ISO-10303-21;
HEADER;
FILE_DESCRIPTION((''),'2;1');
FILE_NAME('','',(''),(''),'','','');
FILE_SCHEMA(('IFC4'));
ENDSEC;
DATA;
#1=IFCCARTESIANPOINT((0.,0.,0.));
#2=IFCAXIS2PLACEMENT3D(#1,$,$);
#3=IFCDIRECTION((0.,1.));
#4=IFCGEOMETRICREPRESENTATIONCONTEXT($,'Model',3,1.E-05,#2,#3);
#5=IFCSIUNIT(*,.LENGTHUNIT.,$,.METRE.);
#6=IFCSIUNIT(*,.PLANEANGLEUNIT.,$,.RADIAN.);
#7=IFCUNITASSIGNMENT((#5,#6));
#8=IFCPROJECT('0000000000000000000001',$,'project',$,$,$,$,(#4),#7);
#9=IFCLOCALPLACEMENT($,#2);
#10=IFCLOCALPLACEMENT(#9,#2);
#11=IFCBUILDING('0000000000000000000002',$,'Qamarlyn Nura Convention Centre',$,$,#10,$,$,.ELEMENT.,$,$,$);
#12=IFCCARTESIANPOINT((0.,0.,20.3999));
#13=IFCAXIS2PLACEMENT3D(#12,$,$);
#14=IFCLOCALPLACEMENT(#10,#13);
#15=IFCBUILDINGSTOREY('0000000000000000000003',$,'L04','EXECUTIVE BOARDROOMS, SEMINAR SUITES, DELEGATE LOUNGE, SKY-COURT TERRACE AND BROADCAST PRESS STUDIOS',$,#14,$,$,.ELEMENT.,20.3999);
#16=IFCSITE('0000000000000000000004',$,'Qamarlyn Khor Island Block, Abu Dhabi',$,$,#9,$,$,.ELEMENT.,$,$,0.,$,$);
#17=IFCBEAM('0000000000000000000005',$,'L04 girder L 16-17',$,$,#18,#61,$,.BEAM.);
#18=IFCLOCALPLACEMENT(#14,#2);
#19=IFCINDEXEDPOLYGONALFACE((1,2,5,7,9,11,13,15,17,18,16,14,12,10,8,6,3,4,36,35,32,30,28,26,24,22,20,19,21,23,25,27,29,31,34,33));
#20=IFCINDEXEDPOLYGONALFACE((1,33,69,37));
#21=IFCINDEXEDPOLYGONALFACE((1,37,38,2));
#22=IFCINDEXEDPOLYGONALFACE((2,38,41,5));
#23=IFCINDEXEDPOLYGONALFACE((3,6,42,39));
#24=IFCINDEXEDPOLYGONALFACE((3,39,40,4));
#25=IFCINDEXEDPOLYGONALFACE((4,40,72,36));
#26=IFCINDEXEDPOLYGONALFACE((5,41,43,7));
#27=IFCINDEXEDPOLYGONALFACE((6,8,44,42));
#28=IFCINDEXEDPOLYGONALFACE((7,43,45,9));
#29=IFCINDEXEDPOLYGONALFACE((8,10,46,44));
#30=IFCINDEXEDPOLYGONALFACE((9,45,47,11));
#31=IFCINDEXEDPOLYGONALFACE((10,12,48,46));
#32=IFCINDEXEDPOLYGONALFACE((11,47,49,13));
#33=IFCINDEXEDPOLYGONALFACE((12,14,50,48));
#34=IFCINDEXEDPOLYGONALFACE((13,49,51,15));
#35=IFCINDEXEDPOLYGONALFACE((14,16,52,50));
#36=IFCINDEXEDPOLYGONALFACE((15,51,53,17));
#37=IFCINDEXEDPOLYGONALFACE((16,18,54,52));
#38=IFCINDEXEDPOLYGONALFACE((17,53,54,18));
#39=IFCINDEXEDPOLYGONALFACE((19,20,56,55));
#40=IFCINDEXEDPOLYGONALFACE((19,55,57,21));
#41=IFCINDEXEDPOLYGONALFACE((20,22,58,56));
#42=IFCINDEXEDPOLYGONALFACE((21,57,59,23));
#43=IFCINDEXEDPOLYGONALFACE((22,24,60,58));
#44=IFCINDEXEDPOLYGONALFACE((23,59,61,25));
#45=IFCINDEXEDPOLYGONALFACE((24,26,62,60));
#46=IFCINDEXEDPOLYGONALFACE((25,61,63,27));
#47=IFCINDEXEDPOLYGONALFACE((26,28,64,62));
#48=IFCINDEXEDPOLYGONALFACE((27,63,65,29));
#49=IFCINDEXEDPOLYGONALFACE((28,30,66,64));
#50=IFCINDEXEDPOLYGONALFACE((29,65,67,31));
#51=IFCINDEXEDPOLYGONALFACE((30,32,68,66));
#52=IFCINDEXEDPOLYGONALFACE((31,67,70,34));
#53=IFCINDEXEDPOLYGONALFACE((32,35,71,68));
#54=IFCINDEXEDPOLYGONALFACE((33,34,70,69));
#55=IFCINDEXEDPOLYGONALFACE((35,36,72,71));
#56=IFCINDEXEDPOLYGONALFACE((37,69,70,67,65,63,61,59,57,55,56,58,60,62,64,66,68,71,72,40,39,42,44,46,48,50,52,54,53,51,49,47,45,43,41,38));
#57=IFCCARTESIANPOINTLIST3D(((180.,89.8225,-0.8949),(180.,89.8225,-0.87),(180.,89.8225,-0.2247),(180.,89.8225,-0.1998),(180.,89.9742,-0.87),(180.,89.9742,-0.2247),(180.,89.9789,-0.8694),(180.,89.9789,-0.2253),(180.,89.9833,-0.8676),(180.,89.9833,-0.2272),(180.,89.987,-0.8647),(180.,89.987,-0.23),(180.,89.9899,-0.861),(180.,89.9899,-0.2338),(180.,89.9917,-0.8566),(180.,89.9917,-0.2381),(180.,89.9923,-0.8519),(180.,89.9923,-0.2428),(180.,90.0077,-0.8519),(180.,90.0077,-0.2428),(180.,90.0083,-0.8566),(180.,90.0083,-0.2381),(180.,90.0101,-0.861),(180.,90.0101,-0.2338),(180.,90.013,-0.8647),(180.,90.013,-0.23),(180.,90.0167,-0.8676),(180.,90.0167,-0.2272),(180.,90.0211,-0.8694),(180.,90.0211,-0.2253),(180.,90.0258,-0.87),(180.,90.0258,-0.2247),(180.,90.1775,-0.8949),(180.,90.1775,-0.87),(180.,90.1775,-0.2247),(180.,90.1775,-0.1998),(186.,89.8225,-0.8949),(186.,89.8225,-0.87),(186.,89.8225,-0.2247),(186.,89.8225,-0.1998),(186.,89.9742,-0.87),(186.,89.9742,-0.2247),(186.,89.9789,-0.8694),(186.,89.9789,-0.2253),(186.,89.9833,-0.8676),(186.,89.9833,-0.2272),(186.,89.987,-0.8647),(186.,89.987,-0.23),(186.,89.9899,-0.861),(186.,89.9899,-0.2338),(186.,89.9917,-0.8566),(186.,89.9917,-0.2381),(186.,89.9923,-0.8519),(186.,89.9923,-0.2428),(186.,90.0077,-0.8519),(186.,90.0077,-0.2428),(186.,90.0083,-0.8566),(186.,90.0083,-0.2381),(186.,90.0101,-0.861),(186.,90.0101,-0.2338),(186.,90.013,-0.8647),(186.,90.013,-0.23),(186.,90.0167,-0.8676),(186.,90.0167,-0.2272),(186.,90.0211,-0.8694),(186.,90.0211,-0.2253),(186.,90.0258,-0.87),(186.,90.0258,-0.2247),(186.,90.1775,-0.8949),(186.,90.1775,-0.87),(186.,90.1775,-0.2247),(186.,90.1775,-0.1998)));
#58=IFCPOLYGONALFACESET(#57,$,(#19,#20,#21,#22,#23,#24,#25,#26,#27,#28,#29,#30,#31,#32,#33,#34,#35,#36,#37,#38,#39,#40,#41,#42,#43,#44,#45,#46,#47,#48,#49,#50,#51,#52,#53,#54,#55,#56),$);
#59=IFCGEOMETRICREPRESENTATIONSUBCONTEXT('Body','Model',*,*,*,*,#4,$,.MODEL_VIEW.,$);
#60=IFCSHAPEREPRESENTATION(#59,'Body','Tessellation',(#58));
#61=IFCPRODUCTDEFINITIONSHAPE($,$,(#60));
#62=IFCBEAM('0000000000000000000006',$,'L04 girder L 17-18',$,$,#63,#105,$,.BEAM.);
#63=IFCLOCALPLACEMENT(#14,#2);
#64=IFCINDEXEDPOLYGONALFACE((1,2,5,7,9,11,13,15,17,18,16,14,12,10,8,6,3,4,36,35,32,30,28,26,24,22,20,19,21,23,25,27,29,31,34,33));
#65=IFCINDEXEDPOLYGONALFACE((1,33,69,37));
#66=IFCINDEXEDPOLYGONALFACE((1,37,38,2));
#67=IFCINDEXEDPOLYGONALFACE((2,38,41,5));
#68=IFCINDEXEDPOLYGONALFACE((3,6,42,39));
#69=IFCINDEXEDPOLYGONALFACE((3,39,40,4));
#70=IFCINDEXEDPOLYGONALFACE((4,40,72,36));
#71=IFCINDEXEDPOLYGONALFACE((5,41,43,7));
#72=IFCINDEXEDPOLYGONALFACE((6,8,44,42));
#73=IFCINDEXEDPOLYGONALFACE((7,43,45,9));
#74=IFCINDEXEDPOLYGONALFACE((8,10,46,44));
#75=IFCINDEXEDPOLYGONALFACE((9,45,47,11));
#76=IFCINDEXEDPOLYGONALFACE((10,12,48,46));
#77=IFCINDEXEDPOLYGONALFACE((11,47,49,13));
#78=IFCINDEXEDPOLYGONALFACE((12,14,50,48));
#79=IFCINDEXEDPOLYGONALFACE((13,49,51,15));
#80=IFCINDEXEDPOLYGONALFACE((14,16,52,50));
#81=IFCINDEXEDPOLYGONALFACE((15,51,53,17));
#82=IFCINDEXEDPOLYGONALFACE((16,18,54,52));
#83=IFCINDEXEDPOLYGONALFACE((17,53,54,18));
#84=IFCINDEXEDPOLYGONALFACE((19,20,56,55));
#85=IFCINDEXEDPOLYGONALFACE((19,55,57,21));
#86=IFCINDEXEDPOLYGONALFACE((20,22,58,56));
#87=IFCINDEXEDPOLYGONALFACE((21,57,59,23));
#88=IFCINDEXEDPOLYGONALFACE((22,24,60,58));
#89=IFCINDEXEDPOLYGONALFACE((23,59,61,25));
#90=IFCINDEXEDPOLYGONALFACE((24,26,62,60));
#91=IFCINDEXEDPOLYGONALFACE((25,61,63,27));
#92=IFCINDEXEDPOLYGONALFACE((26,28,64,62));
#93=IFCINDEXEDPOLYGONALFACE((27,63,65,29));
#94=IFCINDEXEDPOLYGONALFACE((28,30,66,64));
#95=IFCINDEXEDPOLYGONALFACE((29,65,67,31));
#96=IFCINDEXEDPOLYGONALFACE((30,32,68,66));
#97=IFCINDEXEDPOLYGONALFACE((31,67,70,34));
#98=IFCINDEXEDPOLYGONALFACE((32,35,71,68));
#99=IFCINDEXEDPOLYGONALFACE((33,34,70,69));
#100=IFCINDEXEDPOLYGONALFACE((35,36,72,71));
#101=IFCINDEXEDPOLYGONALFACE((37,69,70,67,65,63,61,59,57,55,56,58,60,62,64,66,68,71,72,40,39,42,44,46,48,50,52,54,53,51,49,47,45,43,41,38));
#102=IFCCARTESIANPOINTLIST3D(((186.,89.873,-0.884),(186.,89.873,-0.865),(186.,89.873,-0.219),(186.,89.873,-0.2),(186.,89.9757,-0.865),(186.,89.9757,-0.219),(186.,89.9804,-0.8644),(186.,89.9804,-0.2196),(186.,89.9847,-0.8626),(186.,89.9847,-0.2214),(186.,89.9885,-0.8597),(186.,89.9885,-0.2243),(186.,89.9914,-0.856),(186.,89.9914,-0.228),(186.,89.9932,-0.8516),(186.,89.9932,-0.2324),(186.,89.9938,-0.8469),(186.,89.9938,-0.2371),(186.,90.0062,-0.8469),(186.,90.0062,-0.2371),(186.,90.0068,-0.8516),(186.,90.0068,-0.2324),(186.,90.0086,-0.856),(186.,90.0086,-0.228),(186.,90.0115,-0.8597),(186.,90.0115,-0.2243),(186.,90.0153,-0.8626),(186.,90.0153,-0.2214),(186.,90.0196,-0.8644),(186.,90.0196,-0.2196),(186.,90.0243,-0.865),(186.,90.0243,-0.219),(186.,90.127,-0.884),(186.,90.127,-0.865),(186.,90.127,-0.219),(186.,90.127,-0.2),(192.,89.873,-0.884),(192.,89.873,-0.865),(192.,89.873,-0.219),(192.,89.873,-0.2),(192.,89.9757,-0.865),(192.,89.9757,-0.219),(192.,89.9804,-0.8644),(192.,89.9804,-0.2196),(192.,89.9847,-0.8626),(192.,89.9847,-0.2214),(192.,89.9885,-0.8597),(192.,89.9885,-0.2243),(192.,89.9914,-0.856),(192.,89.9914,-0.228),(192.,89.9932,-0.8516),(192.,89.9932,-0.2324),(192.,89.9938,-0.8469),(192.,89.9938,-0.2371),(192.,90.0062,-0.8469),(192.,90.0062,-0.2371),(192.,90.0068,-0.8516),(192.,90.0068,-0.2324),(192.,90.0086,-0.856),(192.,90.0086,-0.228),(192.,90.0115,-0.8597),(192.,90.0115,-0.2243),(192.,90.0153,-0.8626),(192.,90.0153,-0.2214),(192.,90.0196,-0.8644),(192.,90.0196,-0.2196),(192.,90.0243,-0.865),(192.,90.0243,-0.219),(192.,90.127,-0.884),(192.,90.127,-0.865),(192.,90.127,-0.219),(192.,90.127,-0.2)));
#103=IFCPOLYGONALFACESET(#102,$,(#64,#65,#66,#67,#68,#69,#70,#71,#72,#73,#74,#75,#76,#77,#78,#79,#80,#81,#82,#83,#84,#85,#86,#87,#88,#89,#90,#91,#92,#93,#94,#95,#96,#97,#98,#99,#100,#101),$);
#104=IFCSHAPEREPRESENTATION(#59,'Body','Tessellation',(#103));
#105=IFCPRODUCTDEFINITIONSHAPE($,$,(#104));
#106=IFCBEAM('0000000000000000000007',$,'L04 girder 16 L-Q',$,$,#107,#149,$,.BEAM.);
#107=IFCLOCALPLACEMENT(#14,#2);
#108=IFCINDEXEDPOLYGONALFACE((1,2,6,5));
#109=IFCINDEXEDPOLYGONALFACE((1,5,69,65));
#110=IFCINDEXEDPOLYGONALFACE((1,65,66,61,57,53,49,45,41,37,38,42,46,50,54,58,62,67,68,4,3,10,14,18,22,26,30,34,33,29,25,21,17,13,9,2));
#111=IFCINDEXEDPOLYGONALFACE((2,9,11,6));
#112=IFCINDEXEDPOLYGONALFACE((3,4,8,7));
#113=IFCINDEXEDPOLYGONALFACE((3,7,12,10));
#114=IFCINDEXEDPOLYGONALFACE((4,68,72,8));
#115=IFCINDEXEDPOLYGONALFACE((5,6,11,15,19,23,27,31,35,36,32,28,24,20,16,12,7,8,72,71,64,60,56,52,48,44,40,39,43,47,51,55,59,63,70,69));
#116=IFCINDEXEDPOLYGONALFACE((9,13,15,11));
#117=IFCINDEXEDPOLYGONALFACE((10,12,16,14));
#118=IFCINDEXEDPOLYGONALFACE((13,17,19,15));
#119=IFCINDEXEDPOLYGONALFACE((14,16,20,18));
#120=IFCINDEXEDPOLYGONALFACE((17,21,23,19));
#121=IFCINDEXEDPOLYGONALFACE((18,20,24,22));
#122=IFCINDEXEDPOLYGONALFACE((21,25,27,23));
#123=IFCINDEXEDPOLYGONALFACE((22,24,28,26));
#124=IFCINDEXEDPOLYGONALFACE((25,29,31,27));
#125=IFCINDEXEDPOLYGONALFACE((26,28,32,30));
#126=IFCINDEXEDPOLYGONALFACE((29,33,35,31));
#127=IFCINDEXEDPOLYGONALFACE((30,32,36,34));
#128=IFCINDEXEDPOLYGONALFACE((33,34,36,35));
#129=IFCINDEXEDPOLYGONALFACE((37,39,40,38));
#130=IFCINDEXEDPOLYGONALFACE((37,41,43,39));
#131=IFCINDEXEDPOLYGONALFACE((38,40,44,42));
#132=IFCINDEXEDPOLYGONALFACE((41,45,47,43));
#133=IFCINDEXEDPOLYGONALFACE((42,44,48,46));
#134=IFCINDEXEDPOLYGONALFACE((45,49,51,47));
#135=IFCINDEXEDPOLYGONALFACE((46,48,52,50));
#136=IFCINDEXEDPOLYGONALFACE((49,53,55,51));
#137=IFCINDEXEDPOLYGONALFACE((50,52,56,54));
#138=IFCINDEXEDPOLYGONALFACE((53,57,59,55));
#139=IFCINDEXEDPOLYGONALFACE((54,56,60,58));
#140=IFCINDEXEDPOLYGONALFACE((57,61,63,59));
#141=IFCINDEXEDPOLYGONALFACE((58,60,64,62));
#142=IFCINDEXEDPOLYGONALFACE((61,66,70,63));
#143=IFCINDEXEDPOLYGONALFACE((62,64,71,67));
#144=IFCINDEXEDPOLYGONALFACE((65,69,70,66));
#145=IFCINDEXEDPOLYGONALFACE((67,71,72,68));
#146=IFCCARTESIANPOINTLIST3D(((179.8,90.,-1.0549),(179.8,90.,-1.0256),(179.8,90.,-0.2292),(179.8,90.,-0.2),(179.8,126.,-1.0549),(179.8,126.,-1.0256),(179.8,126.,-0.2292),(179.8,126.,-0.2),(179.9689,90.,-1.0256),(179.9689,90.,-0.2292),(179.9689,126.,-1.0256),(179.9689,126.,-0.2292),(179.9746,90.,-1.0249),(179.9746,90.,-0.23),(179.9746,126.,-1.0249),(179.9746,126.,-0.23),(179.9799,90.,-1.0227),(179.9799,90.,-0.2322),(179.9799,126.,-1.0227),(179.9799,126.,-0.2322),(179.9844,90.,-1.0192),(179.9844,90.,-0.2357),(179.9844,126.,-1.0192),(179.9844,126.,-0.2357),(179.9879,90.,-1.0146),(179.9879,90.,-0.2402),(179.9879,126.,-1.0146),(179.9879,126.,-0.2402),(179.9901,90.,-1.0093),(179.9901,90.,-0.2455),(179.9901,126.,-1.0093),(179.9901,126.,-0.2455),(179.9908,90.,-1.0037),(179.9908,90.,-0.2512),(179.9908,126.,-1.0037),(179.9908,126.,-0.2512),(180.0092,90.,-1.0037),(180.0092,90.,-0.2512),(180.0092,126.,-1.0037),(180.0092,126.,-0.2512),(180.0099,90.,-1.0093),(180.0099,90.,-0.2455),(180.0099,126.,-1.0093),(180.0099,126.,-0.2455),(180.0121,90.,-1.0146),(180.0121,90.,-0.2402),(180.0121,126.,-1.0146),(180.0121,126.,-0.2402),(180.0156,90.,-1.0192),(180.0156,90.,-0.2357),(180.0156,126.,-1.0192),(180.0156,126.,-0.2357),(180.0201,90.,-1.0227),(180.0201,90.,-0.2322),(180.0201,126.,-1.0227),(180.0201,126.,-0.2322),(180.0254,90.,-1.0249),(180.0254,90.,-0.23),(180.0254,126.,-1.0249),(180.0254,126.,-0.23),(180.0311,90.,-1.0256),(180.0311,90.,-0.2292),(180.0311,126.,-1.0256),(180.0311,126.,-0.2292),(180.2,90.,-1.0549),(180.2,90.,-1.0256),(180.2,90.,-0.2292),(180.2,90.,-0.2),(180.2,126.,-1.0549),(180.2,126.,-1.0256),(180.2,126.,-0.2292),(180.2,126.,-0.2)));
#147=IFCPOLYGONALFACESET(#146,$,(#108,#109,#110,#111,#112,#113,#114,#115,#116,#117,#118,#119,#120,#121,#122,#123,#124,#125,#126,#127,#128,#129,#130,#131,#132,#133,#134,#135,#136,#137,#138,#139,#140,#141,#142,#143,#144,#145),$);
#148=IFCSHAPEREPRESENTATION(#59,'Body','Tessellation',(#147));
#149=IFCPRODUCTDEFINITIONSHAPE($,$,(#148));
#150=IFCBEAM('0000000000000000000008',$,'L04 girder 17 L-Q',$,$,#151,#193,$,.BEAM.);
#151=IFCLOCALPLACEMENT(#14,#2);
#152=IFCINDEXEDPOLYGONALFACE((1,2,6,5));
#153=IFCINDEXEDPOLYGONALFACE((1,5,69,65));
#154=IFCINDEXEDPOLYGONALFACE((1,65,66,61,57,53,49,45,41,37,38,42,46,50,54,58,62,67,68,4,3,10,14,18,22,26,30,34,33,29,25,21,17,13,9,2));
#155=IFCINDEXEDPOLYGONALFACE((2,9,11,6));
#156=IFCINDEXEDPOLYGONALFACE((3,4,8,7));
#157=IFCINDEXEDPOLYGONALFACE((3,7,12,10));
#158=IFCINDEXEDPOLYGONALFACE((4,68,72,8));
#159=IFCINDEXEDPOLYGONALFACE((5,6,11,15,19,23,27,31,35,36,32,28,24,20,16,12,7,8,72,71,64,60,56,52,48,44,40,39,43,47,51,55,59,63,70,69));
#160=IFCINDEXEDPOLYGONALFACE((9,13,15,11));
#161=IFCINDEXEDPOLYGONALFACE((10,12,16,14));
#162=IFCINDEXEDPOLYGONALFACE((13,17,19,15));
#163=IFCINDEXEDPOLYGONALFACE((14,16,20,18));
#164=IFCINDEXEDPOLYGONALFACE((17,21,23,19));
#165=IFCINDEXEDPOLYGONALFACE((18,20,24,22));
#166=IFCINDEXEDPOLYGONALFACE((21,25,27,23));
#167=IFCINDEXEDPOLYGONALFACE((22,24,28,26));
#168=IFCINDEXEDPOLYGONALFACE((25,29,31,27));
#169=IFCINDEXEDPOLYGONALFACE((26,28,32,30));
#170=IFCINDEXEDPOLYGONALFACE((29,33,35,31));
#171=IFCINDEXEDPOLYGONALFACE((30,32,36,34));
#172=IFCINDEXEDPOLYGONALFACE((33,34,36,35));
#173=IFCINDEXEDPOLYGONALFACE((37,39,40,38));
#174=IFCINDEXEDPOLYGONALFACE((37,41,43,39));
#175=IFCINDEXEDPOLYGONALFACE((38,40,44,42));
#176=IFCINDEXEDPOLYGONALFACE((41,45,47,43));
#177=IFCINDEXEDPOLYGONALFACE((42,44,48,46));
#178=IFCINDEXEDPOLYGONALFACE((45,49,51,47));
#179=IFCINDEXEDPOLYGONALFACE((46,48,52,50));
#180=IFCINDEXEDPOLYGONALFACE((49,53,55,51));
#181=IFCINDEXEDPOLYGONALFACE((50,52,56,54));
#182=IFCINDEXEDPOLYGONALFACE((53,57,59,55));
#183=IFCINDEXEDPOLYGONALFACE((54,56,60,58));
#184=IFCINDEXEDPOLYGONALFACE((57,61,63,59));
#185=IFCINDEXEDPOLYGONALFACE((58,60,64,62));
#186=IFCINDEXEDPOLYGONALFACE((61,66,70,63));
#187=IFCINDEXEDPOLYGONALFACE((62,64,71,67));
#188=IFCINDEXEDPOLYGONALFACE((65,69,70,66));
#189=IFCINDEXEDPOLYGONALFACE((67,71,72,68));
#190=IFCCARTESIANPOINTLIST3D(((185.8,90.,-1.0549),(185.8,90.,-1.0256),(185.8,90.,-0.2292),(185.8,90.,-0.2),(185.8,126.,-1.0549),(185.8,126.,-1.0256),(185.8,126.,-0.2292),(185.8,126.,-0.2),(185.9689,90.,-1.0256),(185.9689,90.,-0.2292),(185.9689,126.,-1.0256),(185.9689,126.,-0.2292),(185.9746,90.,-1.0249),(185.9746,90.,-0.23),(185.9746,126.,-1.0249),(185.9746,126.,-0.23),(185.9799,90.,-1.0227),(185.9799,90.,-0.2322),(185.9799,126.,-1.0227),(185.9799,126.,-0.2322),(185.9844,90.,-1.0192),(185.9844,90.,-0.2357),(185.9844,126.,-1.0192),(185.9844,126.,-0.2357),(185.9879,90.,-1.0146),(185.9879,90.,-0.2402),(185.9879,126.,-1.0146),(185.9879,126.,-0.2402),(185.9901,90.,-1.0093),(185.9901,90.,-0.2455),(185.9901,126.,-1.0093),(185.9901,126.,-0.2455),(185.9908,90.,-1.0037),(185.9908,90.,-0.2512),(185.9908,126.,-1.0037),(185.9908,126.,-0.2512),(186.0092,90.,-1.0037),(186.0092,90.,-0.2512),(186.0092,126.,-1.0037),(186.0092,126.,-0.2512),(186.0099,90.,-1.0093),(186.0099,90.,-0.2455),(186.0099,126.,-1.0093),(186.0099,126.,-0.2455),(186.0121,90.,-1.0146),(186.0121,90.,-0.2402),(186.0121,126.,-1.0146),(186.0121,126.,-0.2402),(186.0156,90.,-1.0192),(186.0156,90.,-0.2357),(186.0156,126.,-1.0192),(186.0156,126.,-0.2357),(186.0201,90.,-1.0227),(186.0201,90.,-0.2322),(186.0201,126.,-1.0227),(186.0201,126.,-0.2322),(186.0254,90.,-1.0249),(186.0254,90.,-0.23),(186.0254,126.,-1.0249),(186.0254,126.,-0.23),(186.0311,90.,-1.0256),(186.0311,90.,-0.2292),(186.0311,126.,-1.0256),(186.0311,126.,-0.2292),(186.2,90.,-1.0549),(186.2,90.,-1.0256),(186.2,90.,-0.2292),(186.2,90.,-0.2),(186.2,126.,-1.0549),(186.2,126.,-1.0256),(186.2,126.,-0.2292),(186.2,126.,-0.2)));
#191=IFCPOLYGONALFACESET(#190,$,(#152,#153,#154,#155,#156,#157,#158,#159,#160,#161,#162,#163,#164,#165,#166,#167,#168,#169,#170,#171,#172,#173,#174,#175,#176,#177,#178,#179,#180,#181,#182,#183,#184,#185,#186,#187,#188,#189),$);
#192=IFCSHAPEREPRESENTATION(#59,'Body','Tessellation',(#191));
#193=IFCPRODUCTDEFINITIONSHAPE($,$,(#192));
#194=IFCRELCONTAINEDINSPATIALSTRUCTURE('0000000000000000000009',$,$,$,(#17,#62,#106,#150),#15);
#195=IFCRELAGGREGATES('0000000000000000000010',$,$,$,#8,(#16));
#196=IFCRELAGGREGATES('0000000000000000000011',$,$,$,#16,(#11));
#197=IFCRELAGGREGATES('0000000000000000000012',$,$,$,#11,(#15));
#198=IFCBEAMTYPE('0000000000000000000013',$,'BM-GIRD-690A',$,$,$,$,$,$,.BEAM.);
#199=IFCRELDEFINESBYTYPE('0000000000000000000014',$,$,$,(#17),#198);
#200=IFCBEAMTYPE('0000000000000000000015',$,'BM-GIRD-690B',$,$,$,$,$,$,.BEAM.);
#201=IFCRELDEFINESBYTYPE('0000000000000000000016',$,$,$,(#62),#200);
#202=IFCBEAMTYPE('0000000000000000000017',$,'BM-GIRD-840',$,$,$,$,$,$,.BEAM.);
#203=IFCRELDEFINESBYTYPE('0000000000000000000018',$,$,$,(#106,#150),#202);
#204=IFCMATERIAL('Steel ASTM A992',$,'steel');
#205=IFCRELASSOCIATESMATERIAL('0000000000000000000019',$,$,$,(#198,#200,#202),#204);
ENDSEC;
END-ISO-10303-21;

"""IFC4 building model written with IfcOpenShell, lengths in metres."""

from ifc_helpers import new_model, si_unit, direction, frame, origin, origin_2d, place, context, subcontext, project, spatial, i_section, extrude, material, material_profile, profile_set, type_object, element, save


model = new_model("IFC4")

# Units and contexts
model_context = context("Model", 3, precision=1e-05, world=origin(), true_north=direction((0.0, 1.0)))
body_context = subcontext(model_context, "Body", "Model", "MODEL_VIEW")
ifc_project = project(units=[si_unit("LENGTHUNIT", "METRE"), si_unit("PLANEANGLEUNIT", "RADIAN")], contexts=[model_context])

# Site, building, storey
site_placement = place(None, origin())
site = spatial("IfcSite", under=ifc_project, at=site_placement, Name="Qamarlyn Khor Island Block, Abu Dhabi", CompositionType="ELEMENT", RefElevation=0.0)
building_placement = place(site_placement, origin())
building = spatial("IfcBuilding", under=site, at=building_placement, Name="Qamarlyn Nura Convention Centre", CompositionType="ELEMENT")
storey_placement = place(building_placement, frame((0.0, 0.0, 20.3999)))
storey = spatial("IfcBuildingStorey", under=building, at=storey_placement, Name="L04", Description="EXECUTIVE BOARDROOMS, SEMINAR SUITES, DELEGATE LOUNGE, SKY-COURT TERRACE AND BROADCAST PRESS STUDIOS", CompositionType="ELEMENT", Elevation=20.3999)

# Shared definitions
ifc_material_1 = material(Name="Steel ASTM A992", Category="steel")

# Beams
ifc_material_profile_1 = material_profile(ifc_material_1, i_section(OverallWidth=0.355, OverallDepth=0.6951, WebThickness=0.0154, FlangeThickness=0.0249, FilletRadius=0.0181, at=origin_2d()), Name="W690X217")
ifc_profile_set_1 = profile_set([ifc_material_profile_1], Name="Steel ASTM A992")
beam_type_1 = type_object("IfcBeamType", Name="BM-GIRD-690A", PredefinedType="BEAM", material=ifc_profile_set_1)
beam_1_placement = place(storey_placement, frame((180.0, 90.0, -0.5474), z_axis=(1.0, 0.0, 0.0), x_axis=(0.0, 1.0, 0.0)))
element("IfcBeam", 1, at=beam_1_placement, inside=storey, type_object=beam_type_1, Name="L04 girder L 16-17", PredefinedType="BEAM", context=body_context, shape_type="SweptSolid", body=[
    extrude(i_section(OverallWidth=0.355, OverallDepth=0.6951, WebThickness=0.0154, FlangeThickness=0.0249, FilletRadius=0.0181, at=origin_2d()), origin(), (0.0, 0.0, 1.0), 6.0),
])
ifc_material_profile_2 = material_profile(ifc_material_1, i_section(OverallWidth=0.2539, OverallDepth=0.6841, WebThickness=0.0125, FlangeThickness=0.019, FilletRadius=0.0181, at=origin_2d()), Name="W690X140")
ifc_profile_set_2 = profile_set([ifc_material_profile_2], Name="Steel ASTM A992")
beam_type_2 = type_object("IfcBeamType", Name="BM-GIRD-690B", PredefinedType="BEAM", material=ifc_profile_set_2)
beam_2_placement = place(storey_placement, frame((186.0, 90.0, -0.542), z_axis=(1.0, 0.0, 0.0), x_axis=(0.0, 1.0, 0.0)))
element("IfcBeam", 2, at=beam_2_placement, inside=storey, type_object=beam_type_2, Name="L04 girder L 17-18", PredefinedType="BEAM", context=body_context, shape_type="SweptSolid", body=[
    extrude(i_section(OverallWidth=0.2539, OverallDepth=0.6841, WebThickness=0.0125, FlangeThickness=0.019, FilletRadius=0.0181, at=origin_2d()), origin(), (0.0, 0.0, 1.0), 6.0),
])
ifc_material_profile_3 = material_profile(ifc_material_1, i_section(OverallWidth=0.3999, OverallDepth=0.855, WebThickness=0.0183, FlangeThickness=0.0293, FilletRadius=0.022, at=origin_2d()), Name="W840X299")
ifc_profile_set_3 = profile_set([ifc_material_profile_3], Name="Steel ASTM A992")
beam_type_3 = type_object("IfcBeamType", Name="BM-GIRD-840", PredefinedType="BEAM", material=ifc_profile_set_3)
for number, where, z_axis, x_axis, name in (
    (3, (180.0, 90.0, -0.6274), (0.0, 1.0, 0.0), (-1.0, 0.0, 0.0), "L04 girder 16 L-Q"),
    (4, (186.0, 90.0, -0.6274), (0.0, 1.0, 0.0), (-1.0, 0.0, 0.0), "L04 girder 17 L-Q"),
):
    element("IfcBeam", number, at=place(storey_placement, frame(where, z_axis=z_axis, x_axis=x_axis)), inside=storey, type_object=beam_type_3, Name=name, PredefinedType="BEAM", context=body_context, shape_type="SweptSolid", body=[
        extrude(i_section(OverallWidth=0.3999, OverallDepth=0.855, WebThickness=0.0183, FlangeThickness=0.0293, FilletRadius=0.022, at=origin_2d()), origin(), (0.0, 0.0, 1.0), 36.0),
    ])

save(model, "model.ifc")
